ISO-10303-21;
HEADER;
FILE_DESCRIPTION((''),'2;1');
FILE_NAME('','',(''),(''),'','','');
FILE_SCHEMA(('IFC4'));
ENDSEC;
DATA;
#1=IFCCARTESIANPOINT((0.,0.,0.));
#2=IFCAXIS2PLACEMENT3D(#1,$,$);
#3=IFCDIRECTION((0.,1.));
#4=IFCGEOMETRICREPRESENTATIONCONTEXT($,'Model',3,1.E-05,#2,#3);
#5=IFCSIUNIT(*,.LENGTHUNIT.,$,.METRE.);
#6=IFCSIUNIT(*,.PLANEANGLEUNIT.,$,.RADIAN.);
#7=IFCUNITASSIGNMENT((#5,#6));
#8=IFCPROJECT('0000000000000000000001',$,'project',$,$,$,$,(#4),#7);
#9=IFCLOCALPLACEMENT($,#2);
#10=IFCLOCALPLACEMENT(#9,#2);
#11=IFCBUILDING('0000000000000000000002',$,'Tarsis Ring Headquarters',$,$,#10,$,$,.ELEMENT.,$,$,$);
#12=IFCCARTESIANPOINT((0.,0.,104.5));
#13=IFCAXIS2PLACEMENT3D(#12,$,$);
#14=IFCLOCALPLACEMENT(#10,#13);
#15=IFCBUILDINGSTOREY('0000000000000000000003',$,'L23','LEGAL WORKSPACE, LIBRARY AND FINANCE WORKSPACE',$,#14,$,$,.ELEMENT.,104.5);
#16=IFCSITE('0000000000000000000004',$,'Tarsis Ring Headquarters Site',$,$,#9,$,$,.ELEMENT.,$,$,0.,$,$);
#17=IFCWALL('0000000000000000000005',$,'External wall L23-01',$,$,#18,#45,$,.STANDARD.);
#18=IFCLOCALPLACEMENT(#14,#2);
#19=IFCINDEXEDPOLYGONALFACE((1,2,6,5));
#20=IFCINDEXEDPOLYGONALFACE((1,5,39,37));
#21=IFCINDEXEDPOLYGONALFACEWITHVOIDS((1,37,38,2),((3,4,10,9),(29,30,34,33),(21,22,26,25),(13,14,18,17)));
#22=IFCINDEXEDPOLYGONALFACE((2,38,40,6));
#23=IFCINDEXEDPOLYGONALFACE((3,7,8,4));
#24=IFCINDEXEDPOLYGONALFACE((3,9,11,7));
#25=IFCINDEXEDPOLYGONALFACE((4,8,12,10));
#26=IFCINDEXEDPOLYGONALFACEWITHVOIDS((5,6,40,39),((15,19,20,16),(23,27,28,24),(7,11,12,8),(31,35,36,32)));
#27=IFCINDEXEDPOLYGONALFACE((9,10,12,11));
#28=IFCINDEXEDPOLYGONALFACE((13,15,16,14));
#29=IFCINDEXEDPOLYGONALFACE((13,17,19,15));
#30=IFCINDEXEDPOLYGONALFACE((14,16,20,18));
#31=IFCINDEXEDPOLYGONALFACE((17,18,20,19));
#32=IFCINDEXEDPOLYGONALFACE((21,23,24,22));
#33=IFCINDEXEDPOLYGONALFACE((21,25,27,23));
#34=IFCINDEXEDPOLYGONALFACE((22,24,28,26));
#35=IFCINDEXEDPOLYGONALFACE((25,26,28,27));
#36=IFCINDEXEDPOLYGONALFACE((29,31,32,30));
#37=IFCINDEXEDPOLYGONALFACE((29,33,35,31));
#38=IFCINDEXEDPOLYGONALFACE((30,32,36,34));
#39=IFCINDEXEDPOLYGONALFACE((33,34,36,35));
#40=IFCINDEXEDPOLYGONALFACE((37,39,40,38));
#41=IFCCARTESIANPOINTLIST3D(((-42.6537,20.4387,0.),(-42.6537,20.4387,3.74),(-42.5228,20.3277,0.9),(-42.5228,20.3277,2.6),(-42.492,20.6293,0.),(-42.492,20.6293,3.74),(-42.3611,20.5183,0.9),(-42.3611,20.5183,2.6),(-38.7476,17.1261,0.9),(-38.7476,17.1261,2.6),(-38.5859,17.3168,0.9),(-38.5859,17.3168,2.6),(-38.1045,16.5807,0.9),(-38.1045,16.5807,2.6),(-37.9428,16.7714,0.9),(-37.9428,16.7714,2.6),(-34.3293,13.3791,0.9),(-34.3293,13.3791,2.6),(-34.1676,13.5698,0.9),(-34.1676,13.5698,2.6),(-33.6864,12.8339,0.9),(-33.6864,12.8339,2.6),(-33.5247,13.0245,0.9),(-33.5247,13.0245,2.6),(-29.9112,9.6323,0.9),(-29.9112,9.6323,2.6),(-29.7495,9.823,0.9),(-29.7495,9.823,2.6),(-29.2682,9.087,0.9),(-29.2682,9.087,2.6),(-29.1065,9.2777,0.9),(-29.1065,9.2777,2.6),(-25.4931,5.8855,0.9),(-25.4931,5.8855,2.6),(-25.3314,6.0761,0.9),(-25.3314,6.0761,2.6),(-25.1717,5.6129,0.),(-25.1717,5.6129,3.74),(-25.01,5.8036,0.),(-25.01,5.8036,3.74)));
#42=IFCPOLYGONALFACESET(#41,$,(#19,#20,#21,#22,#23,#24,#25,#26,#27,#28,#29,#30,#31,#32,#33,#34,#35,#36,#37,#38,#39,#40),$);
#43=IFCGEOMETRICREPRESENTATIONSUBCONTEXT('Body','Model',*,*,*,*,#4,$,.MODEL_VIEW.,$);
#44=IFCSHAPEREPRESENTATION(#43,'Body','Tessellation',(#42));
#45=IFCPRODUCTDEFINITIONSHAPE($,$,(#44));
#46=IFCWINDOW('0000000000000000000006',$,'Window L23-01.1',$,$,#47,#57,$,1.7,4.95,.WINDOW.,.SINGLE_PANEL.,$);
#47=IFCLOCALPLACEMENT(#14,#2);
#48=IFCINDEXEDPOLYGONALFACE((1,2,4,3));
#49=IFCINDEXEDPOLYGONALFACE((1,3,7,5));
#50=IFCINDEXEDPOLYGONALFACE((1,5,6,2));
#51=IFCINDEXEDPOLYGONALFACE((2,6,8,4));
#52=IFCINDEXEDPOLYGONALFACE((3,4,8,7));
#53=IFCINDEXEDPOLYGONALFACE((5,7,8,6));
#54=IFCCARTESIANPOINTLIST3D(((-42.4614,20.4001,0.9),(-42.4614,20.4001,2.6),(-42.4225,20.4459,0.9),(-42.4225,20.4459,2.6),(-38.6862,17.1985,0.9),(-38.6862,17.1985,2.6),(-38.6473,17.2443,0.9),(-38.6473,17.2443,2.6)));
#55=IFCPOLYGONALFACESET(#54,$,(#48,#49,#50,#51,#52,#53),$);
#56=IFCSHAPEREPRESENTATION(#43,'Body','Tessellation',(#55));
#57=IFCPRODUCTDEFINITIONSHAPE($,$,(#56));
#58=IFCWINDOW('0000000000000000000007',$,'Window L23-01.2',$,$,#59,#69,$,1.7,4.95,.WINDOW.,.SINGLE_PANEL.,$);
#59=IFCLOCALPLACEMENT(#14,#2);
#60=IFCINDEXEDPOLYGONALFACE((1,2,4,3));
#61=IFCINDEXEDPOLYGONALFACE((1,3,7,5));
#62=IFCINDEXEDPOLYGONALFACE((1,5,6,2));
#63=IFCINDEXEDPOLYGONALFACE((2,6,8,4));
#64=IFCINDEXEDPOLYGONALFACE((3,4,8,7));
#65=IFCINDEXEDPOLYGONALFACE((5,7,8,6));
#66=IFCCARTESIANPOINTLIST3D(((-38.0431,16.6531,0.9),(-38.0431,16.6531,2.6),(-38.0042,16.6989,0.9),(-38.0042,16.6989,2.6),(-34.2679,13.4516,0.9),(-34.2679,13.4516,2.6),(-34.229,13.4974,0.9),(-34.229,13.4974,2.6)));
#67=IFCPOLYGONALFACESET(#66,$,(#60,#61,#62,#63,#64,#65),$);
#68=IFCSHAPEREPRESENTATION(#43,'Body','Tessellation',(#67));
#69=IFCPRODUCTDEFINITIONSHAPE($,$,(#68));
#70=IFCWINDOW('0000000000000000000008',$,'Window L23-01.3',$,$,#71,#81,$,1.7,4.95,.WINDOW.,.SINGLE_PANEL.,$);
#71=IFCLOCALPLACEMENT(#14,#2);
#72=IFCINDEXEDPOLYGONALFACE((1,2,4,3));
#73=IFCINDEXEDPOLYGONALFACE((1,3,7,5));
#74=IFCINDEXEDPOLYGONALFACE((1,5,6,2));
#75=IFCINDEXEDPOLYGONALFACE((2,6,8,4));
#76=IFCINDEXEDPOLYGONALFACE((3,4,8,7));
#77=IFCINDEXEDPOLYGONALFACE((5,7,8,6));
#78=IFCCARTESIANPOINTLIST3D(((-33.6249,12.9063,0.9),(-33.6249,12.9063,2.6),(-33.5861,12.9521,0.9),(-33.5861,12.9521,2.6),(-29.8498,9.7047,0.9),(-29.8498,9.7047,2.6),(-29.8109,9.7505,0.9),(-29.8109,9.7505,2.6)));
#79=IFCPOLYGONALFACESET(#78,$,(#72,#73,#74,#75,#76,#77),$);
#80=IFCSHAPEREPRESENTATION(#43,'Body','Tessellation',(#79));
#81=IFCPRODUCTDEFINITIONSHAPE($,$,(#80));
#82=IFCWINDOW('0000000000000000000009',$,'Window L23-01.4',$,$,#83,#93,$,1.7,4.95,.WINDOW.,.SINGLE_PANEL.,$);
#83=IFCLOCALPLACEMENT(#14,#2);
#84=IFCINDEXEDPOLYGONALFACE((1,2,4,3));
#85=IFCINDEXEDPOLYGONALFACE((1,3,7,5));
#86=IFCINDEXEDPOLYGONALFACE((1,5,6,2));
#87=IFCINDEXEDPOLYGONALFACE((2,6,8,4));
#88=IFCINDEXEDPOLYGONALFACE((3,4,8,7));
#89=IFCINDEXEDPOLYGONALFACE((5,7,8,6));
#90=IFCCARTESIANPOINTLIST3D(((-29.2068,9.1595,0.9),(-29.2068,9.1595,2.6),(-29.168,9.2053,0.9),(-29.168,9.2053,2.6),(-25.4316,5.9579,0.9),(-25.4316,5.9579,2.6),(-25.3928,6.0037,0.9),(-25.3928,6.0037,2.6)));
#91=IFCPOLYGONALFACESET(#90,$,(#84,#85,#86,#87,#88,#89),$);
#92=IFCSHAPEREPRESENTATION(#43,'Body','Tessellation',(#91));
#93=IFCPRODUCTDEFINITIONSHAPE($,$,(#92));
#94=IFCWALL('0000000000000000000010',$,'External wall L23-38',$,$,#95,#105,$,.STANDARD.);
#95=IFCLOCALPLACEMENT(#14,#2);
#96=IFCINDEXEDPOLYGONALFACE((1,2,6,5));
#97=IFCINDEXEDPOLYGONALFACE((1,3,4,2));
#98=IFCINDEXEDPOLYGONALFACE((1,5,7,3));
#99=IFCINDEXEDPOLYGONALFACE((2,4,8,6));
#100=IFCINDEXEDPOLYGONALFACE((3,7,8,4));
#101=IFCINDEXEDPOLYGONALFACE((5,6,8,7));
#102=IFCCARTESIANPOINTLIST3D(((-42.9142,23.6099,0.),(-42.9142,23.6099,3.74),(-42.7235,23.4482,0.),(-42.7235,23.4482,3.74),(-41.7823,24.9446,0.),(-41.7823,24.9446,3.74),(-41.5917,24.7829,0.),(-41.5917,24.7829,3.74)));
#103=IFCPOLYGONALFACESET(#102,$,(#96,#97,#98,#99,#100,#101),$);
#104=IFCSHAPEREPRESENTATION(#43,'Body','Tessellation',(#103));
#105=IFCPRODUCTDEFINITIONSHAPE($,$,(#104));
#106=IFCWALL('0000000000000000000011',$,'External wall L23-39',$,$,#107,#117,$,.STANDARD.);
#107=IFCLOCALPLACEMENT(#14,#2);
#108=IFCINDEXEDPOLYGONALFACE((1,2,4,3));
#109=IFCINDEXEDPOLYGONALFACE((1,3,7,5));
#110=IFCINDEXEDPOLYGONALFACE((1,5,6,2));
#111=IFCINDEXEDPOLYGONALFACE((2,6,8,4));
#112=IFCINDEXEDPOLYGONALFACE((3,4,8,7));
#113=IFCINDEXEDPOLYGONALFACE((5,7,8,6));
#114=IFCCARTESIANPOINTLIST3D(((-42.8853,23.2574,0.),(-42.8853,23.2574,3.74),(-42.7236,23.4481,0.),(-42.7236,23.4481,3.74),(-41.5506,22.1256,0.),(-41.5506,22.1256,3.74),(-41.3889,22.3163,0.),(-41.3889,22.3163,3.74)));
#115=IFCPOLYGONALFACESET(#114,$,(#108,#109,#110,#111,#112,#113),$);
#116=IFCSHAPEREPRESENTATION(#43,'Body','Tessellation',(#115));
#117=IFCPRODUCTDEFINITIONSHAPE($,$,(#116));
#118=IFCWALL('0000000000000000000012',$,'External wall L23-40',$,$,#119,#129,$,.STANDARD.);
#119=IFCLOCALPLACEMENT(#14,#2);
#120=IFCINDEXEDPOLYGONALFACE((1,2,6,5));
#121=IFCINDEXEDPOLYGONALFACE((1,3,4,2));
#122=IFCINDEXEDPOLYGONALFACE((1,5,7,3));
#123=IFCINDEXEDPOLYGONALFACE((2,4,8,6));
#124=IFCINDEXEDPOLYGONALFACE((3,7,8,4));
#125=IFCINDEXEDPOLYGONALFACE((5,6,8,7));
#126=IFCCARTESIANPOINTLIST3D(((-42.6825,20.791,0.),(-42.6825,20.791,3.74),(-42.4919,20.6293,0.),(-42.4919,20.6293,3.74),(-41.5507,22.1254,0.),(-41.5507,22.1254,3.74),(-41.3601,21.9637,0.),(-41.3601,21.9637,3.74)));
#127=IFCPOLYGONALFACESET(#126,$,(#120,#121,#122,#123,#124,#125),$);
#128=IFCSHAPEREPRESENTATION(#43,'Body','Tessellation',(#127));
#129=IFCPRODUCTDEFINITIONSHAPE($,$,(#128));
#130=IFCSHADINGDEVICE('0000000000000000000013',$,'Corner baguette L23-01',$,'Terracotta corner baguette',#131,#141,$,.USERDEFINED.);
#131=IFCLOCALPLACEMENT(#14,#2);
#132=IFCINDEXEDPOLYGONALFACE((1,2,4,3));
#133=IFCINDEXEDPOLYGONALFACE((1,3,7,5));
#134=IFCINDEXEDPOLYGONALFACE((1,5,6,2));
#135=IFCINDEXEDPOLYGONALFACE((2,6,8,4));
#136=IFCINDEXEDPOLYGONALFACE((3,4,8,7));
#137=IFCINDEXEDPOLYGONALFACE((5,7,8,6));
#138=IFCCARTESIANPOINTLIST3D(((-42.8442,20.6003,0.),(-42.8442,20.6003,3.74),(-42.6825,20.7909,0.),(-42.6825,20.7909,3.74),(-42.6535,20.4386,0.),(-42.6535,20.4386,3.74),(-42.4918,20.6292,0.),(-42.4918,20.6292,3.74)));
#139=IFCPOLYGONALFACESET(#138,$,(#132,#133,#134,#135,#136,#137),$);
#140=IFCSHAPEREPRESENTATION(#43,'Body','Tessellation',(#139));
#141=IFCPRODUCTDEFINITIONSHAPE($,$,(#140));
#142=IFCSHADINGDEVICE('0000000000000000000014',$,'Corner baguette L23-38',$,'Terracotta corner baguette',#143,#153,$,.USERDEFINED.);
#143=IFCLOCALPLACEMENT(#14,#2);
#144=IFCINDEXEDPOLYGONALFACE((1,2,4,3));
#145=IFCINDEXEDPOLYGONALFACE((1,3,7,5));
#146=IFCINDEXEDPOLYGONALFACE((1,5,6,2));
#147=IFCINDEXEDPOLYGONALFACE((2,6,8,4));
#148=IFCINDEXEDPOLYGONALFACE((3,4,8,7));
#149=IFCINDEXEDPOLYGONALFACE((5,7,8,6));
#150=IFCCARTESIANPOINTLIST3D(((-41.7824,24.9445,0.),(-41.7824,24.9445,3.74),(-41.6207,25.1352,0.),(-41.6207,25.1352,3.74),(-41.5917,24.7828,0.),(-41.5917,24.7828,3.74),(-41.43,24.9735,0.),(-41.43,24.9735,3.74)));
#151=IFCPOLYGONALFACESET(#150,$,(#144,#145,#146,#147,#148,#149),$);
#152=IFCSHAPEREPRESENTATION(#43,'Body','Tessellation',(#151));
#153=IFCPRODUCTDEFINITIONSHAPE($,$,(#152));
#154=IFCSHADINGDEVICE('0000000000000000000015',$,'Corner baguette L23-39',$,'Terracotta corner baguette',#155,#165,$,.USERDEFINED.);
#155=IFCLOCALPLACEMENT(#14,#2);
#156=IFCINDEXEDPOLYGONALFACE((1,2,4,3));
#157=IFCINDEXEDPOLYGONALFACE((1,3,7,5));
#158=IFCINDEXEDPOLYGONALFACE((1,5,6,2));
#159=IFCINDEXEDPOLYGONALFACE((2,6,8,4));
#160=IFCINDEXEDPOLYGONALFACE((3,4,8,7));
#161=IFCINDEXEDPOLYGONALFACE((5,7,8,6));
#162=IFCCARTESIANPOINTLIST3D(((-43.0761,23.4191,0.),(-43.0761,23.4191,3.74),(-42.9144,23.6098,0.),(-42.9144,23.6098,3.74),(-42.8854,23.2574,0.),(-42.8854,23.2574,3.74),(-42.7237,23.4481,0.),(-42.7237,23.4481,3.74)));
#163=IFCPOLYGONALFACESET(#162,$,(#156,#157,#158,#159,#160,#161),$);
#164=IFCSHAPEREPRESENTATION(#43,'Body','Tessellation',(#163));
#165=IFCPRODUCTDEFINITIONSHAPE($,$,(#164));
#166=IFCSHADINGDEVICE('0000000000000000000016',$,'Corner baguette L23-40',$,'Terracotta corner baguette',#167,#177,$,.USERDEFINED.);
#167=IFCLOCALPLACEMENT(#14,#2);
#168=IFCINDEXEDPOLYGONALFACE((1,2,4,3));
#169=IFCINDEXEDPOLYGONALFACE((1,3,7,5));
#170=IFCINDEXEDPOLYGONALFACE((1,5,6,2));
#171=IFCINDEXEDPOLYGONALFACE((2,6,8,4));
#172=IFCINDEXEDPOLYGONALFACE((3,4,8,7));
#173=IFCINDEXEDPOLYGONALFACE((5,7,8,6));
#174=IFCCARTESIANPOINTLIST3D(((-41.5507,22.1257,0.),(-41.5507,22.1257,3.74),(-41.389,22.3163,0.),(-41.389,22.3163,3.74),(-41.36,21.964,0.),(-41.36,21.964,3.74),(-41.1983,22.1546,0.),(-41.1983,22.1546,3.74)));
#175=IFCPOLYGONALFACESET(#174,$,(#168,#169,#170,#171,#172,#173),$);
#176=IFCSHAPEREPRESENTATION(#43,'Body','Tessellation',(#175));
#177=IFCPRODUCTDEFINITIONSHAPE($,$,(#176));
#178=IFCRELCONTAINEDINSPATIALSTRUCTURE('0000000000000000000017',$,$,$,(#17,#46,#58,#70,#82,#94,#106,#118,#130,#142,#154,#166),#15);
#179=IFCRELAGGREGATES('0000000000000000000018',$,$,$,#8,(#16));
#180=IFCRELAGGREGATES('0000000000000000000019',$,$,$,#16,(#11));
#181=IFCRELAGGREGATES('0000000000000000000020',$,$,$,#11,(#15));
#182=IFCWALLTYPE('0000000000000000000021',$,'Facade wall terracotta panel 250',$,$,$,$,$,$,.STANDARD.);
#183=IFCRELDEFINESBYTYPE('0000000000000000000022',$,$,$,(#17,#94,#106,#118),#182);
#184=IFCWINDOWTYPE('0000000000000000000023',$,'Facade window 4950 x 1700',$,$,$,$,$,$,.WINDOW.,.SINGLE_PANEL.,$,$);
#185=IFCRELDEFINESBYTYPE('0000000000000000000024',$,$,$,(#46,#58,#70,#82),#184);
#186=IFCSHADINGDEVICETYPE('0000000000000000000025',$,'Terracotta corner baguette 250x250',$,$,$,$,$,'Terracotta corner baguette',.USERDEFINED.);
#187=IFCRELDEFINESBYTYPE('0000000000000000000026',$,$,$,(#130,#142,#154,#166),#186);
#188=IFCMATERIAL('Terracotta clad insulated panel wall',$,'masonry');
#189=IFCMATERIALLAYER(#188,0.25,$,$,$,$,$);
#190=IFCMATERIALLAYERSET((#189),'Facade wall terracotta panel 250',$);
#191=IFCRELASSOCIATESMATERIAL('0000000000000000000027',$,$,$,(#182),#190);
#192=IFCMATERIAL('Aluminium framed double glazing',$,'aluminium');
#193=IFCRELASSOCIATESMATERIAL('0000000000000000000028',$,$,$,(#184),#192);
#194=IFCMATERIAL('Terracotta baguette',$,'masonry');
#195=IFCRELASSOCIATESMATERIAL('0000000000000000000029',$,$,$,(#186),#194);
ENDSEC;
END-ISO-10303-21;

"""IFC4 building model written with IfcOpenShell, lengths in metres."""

from ifc_helpers import new_model, si_unit, direction, frame, frame_2d, origin, origin_2d, place, context, subcontext, project, spatial, rectangle, extrude, material, layer, layer_set, type_object, element, fill, save


model = new_model("IFC4")

# Units and contexts
model_context = context("Model", 3, precision=1e-05, world=origin(), true_north=direction((0.0, 1.0)))
body_context = subcontext(model_context, "Body", "Model", "MODEL_VIEW")
ifc_project = project(units=[si_unit("LENGTHUNIT", "METRE"), si_unit("PLANEANGLEUNIT", "RADIAN")], contexts=[model_context])

# Site, building, storey
site_placement = place(None, origin())
site = spatial("IfcSite", under=ifc_project, at=site_placement, Name="Tarsis Ring Headquarters Site", CompositionType="ELEMENT", RefElevation=0.0)
building_placement = place(site_placement, origin())
building = spatial("IfcBuilding", under=site, at=building_placement, Name="Tarsis Ring Headquarters", CompositionType="ELEMENT")
storey_placement = place(building_placement, frame((0.0, 0.0, 104.5)))
storey = spatial("IfcBuildingStorey", under=building, at=storey_placement, Name="L23", Description="LEGAL WORKSPACE, LIBRARY AND FINANCE WORKSPACE", CompositionType="ELEMENT", Elevation=104.5)

# Wall, openings, windows
ifc_material_1 = material(Name="Terracotta clad insulated panel wall", Category="masonry")
ifc_layer_1 = layer(ifc_material_1, 0.25)
ifc_layer_set_1 = layer_set([ifc_layer_1], Name="Facade wall terracotta panel 250")
wall_type_1 = type_object("IfcWallType", Name="Facade wall terracotta panel 250", PredefinedType="STANDARD", material=ifc_layer_set_1)
wall_1_placement = place(storey_placement, frame((-42.5728, 20.5339, 0.0), z_axis=(0.0, 0.0, 1.0), x_axis=(0.76267, -0.646788, 0.0)))
wall_1 = element("IfcWall", 1, at=wall_1_placement, inside=storey, type_object=wall_type_1, Name="External wall L23-01", PredefinedType="STANDARD", context=body_context, shape_type="SweptSolid", body=[
    extrude(rectangle(XDim=22.9221, YDim=0.25, at=frame_2d((11.4609, 0.0))), origin(), (0.0, 0.0, 1.0), 3.74),
])
opening_1_placement = place(wall_1_placement, frame((0.1714, 0.0, 0.8999)))
opening_1 = element("IfcOpeningElement", 2, at=opening_1_placement, cuts=wall_1, PredefinedType="OPENING", context=body_context, shape_type="SweptSolid", body=[
    extrude(rectangle(XDim=4.95, YDim=1.7, at=frame_2d((2.4751, 0.8501))), frame((0.0, 0.135, 0.0), z_axis=(0.0, -1.0, 0.0), x_axis=(1.0, 0.0, 0.0)), (0.0, 0.0, 1.0), 0.27),
])
opening_2_placement = place(wall_1_placement, frame((5.9646, 0.0, 0.8999)))
opening_2 = element("IfcOpeningElement", 3, at=opening_2_placement, cuts=wall_1, PredefinedType="OPENING", context=body_context, shape_type="SweptSolid", body=[
    extrude(rectangle(XDim=4.95, YDim=1.7, at=frame_2d((2.4751, 0.8501))), frame((0.0, 0.135, 0.0), z_axis=(0.0, -1.0, 0.0), x_axis=(1.0, 0.0, 0.0)), (0.0, 0.0, 1.0), 0.27),
])
opening_3_placement = place(wall_1_placement, frame((11.7576, 0.0, 0.8999)))
opening_3 = element("IfcOpeningElement", 4, at=opening_3_placement, cuts=wall_1, PredefinedType="OPENING", context=body_context, shape_type="SweptSolid", body=[
    extrude(rectangle(XDim=4.95, YDim=1.7, at=frame_2d((2.4751, 0.8501))), frame((0.0, 0.135, 0.0), z_axis=(0.0, -1.0, 0.0), x_axis=(1.0, 0.0, 0.0)), (0.0, 0.0, 1.0), 0.27),
])
opening_4_placement = place(wall_1_placement, frame((17.5505, 0.0, 0.8999)))
opening_4 = element("IfcOpeningElement", 5, at=opening_4_placement, cuts=wall_1, PredefinedType="OPENING", context=body_context, shape_type="SweptSolid", body=[
    extrude(rectangle(XDim=4.95, YDim=1.7, at=frame_2d((2.4751, 0.8501))), frame((0.0, 0.135, 0.0), z_axis=(0.0, -1.0, 0.0), x_axis=(1.0, 0.0, 0.0)), (0.0, 0.0, 1.0), 0.27),
])
ifc_material_2 = material(Name="Aluminium framed double glazing", Category="aluminium")
window_type = type_object("IfcWindowType", Name="Facade window 4950 x 1700", PartitioningType="SINGLE_PANEL", PredefinedType="WINDOW", material=ifc_material_2)
window_1_placement = place(opening_1_placement, origin())
window_1 = element("IfcWindow", 6, at=window_1_placement, inside=storey, type_object=window_type, Name="Window L23-01.1", OverallHeight=1.7, OverallWidth=4.95, PartitioningType="SINGLE_PANEL", PredefinedType="WINDOW", context=body_context, shape_type="SweptSolid", body=[
    extrude(rectangle(XDim=4.95, YDim=1.7, at=frame_2d((2.4751, 0.8501))), frame((0.0, 0.03, 0.0), z_axis=(0.0, -1.0, 0.0), x_axis=(1.0, 0.0, 0.0)), (0.0, 0.0, 1.0), 0.0601),
])
fill(opening_1, window_1)
window_2_placement = place(opening_2_placement, origin())
window_2 = element("IfcWindow", 7, at=window_2_placement, inside=storey, type_object=window_type, Name="Window L23-01.2", OverallHeight=1.7, OverallWidth=4.95, PartitioningType="SINGLE_PANEL", PredefinedType="WINDOW", context=body_context, shape_type="SweptSolid", body=[
    extrude(rectangle(XDim=4.95, YDim=1.7, at=frame_2d((2.4751, 0.8501))), frame((0.0, 0.03, 0.0), z_axis=(0.0, -1.0, 0.0), x_axis=(1.0, 0.0, 0.0)), (0.0, 0.0, 1.0), 0.0601),
])
fill(opening_2, window_2)
window_3_placement = place(opening_3_placement, origin())
window_3 = element("IfcWindow", 8, at=window_3_placement, inside=storey, type_object=window_type, Name="Window L23-01.3", OverallHeight=1.7, OverallWidth=4.95, PartitioningType="SINGLE_PANEL", PredefinedType="WINDOW", context=body_context, shape_type="SweptSolid", body=[
    extrude(rectangle(XDim=4.95, YDim=1.7, at=frame_2d((2.4751, 0.8501))), frame((0.0, 0.03, 0.0), z_axis=(0.0, -1.0, 0.0), x_axis=(1.0, 0.0, 0.0)), (0.0, 0.0, 1.0), 0.0601),
])
fill(opening_3, window_3)
window_4_placement = place(opening_4_placement, origin())
window_4 = element("IfcWindow", 9, at=window_4_placement, inside=storey, type_object=window_type, Name="Window L23-01.4", OverallHeight=1.7, OverallWidth=4.95, PartitioningType="SINGLE_PANEL", PredefinedType="WINDOW", context=body_context, shape_type="SweptSolid", body=[
    extrude(rectangle(XDim=4.95, YDim=1.7, at=frame_2d((2.4751, 0.8501))), frame((0.0, 0.03, 0.0), z_axis=(0.0, -1.0, 0.0), x_axis=(1.0, 0.0, 0.0)), (0.0, 0.0, 1.0), 0.0601),
])
fill(opening_4, window_4)

# Walls
for number, where, z_axis, x_axis, name in (
    (10, (-41.687, 24.8638, 0.0), (0.0, 0.0, 1.0), (-0.646761, -0.762693, 0.0), "External wall L23-38"),
    (11, (-42.8044, 23.3528, 0.0), (0.0, 0.0, 1.0), (0.762693, -0.646761, 0.0), "External wall L23-39"),
):
    element("IfcWall", number, at=place(storey_placement, frame(where, z_axis=z_axis, x_axis=x_axis)), inside=storey, type_object=wall_type_1, Name=name, PredefinedType="STANDARD", context=body_context, shape_type="SweptSolid", body=[
        extrude(rectangle(XDim=1.75, YDim=0.25, at=frame_2d((0.875, 0.0))), origin(), (0.0, 0.0, 1.0), 3.74),
    ])
wall_2_placement = place(storey_placement, frame((-41.4553, 22.0447, 0.0), z_axis=(0.0, 0.0, 1.0), x_axis=(-0.64683, -0.762634, 0.0)))
element("IfcWall", 12, at=wall_2_placement, inside=storey, type_object=wall_type_1, Name="External wall L23-40", PredefinedType="STANDARD", context=body_context, shape_type="SweptSolid", body=[
    extrude(rectangle(XDim=1.7498, YDim=0.25, at=frame_2d((0.875, 0.0))), origin(), (0.0, 0.0, 1.0), 3.74),
])

# Shading devices
ifc_material_3 = material(Name="Terracotta baguette", Category="masonry")
shading_device_type_1 = type_object("IfcShadingDeviceType", Name="Terracotta corner baguette 250x250", ElementType="Terracotta corner baguette", PredefinedType="USERDEFINED", material=ifc_material_3)
for number, where, z_axis, x_axis, name in (
    (13, (-42.668, 20.6147, 0.0), (0.0, 0.0, 1.0), (-0.64679, -0.762668, 0.0), "Corner baguette L23-01"),
    (14, (-41.6062, 24.959, 0.0), (0.0, 0.0, 1.0), (0.762668, -0.64679, 0.0), "Corner baguette L23-38"),
    (15, (-42.8999, 23.4336, 0.0), (0.0, 0.0, 1.0), (-0.64679, -0.762668, 0.0), "Corner baguette L23-39"),
    (16, (-41.3745, 22.1401, 0.0), (0.0, 0.0, 1.0), (0.762668, -0.64679, 0.0), "Corner baguette L23-40"),
):
    element("IfcShadingDevice", number, at=place(storey_placement, frame(where, z_axis=z_axis, x_axis=x_axis)), inside=storey, type_object=shading_device_type_1, Name=name, ObjectType="Terracotta corner baguette", PredefinedType="USERDEFINED", context=body_context, shape_type="SweptSolid", body=[
        extrude(rectangle(XDim=0.25, YDim=0.25, at=origin_2d()), origin(), (0.0, 0.0, 1.0), 3.74),
    ])

save(model, "model.ifc")
